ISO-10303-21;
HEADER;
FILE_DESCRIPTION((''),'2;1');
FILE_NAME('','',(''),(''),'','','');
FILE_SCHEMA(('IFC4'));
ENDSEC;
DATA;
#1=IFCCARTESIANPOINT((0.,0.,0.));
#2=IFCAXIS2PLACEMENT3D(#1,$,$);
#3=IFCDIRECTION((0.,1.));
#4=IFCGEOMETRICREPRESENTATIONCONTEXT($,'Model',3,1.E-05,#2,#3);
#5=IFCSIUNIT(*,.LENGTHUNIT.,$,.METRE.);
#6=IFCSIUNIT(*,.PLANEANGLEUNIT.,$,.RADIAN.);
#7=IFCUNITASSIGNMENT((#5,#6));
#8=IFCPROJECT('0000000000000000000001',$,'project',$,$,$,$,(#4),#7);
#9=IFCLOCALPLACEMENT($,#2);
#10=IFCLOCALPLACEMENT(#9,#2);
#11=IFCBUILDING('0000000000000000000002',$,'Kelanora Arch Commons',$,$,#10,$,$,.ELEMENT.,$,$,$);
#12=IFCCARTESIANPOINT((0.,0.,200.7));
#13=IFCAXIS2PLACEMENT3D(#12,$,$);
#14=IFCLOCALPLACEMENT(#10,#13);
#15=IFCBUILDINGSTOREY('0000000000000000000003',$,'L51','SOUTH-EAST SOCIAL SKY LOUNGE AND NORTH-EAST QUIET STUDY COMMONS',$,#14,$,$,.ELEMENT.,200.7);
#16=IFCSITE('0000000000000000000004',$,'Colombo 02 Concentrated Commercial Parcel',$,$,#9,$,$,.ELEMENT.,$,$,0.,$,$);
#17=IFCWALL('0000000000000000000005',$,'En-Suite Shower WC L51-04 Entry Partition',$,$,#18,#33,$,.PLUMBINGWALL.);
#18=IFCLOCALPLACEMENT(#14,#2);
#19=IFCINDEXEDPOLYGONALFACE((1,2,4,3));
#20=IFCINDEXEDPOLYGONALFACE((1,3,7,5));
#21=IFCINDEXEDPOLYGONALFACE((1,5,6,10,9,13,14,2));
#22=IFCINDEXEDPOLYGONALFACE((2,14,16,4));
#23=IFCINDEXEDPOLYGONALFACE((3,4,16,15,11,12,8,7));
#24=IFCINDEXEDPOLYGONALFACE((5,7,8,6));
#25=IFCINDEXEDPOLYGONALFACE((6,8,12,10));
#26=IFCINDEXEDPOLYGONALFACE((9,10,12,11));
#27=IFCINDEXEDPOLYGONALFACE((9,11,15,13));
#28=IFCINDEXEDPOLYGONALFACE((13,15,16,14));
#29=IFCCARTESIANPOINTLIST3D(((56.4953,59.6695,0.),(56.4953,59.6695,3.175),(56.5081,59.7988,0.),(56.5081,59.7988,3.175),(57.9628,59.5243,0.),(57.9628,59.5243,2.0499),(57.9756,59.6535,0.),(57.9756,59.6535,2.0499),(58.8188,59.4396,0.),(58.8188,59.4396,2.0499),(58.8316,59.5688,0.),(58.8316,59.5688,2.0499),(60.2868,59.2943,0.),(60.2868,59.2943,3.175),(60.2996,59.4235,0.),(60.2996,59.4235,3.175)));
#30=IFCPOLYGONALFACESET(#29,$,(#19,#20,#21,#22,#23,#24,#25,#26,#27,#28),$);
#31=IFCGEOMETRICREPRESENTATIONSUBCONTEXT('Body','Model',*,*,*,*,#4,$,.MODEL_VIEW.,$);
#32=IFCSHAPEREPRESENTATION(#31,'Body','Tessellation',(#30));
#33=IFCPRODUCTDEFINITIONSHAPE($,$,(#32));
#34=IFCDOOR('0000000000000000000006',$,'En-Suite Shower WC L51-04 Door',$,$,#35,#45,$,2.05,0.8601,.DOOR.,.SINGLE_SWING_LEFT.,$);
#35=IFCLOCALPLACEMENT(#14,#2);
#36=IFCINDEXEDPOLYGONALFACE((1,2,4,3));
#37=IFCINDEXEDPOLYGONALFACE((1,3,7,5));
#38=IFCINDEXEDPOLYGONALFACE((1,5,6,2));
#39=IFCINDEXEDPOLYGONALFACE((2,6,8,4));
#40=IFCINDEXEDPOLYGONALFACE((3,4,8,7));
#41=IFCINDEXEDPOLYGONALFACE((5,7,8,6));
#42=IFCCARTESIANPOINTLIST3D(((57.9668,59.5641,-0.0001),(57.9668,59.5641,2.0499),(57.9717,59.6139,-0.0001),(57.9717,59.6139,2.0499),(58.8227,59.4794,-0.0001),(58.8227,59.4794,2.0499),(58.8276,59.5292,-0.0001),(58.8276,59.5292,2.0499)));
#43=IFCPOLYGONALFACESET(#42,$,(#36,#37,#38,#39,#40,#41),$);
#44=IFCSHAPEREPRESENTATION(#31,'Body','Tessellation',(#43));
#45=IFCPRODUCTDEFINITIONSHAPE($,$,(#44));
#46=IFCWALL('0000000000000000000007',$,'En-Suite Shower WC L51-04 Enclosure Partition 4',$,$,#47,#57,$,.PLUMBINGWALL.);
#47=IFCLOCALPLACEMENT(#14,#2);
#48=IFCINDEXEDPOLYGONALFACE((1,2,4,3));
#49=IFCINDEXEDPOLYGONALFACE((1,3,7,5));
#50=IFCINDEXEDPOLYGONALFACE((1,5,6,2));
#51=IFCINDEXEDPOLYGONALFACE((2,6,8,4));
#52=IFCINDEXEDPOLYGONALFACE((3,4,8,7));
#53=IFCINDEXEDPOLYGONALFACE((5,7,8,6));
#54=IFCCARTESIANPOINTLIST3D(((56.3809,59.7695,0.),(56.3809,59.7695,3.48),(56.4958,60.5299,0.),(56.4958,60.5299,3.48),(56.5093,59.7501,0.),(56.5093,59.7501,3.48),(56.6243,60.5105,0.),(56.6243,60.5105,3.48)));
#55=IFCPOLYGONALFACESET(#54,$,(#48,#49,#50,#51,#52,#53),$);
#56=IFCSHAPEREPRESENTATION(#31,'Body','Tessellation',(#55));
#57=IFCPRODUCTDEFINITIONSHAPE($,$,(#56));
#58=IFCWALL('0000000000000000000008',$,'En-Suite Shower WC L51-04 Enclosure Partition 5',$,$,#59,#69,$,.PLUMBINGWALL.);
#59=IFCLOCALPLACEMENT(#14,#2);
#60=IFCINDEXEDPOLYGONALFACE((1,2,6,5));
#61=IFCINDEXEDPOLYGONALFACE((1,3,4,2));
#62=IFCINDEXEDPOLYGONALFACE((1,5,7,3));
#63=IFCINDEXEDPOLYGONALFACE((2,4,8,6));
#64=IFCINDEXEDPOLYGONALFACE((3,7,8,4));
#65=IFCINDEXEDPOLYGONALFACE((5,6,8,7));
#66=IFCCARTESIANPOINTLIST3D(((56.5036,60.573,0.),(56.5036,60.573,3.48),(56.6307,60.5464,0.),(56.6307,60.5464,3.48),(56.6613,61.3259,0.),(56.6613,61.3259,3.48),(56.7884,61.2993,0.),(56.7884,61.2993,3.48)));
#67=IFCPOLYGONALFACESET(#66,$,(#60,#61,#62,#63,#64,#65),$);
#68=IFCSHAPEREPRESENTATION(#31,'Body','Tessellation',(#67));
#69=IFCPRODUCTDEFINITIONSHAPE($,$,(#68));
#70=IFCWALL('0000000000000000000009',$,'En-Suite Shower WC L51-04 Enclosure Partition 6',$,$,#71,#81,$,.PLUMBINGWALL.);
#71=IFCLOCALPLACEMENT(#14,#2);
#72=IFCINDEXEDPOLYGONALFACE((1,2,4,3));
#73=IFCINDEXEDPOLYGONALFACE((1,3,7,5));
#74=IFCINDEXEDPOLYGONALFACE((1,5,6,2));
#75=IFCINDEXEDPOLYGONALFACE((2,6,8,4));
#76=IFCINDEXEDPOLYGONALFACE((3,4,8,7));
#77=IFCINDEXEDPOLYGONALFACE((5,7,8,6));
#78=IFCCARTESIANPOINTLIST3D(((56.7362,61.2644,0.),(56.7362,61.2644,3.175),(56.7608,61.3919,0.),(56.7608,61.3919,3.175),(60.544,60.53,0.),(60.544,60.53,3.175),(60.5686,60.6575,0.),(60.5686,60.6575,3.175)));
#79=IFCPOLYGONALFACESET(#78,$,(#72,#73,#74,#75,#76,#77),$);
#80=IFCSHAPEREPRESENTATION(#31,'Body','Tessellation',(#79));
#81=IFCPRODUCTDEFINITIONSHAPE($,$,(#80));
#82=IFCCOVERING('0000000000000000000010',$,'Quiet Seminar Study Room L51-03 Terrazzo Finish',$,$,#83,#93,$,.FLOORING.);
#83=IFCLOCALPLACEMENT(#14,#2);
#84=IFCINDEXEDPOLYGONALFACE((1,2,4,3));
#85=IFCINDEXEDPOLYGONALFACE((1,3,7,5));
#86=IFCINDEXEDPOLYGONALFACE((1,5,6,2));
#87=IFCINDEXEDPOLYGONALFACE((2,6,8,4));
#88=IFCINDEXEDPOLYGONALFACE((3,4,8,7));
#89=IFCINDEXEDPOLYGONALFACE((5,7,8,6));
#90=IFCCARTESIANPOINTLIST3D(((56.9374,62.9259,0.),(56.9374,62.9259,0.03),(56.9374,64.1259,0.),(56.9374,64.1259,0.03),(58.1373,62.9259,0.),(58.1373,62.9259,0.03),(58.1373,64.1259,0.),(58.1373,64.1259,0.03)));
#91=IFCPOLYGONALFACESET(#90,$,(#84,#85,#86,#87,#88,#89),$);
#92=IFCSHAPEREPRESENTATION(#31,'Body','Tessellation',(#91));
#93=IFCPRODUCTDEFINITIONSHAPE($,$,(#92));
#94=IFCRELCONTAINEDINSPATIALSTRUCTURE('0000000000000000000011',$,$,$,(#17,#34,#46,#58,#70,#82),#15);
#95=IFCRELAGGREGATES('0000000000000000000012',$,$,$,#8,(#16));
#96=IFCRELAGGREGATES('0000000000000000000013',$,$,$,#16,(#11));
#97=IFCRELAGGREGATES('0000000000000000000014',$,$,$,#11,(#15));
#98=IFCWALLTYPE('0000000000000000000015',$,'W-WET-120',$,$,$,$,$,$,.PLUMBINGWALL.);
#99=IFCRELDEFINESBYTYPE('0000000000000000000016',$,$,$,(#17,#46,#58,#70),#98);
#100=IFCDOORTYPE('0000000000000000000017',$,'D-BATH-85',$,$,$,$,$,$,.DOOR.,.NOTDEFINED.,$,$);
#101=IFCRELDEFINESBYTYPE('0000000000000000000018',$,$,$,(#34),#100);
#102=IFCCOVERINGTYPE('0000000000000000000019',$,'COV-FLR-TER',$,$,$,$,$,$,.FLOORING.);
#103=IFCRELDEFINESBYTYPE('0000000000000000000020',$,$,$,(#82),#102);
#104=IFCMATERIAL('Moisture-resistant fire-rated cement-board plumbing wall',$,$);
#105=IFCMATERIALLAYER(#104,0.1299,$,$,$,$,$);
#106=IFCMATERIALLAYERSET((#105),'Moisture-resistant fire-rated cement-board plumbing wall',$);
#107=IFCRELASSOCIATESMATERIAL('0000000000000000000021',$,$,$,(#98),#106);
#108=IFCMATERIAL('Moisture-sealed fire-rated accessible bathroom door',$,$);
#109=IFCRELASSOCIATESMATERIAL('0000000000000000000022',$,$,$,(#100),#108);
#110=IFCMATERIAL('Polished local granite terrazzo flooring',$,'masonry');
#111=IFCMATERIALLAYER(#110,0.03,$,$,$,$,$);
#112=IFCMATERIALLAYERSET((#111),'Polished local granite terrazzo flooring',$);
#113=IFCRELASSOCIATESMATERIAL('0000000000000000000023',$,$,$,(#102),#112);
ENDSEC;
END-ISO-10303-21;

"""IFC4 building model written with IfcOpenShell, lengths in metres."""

from ifc_helpers import new_model, si_unit, direction, frame, frame_2d, origin, origin_2d, place, context, subcontext, project, spatial, rectangle, extrude, source, transform, mapped, material, layer, layer_set, type_object, element, fill, save


model = new_model("IFC4")

# Units and contexts
model_context = context("Model", 3, precision=1e-05, world=origin(), true_north=direction((0.0, 1.0)))
body_context = subcontext(model_context, "Body", "Model", "MODEL_VIEW")
ifc_project = project(units=[si_unit("LENGTHUNIT", "METRE"), si_unit("PLANEANGLEUNIT", "RADIAN")], contexts=[model_context])

# Site, building, storey
site_placement = place(None, origin())
site = spatial("IfcSite", under=ifc_project, at=site_placement, Name="Colombo 02 Concentrated Commercial Parcel", CompositionType="ELEMENT", RefElevation=0.0)
building_placement = place(site_placement, origin())
building = spatial("IfcBuilding", under=site, at=building_placement, Name="Kelanora Arch Commons", CompositionType="ELEMENT")
storey_placement = place(building_placement, frame((0.0, 0.0, 200.7)))
storey = spatial("IfcBuildingStorey", under=building, at=storey_placement, Name="L51", Description="SOUTH-EAST SOCIAL SKY LOUNGE AND NORTH-EAST QUIET STUDY COMMONS", CompositionType="ELEMENT", Elevation=200.7)

# Wall, opening, door
ifc_material_1 = material(Name="Moisture-resistant fire-rated cement-board plumbing wall")
ifc_layer_1 = layer(ifc_material_1, 0.1299)
ifc_layer_set_1 = layer_set([ifc_layer_1], Name="Moisture-resistant fire-rated cement-board plumbing wall")
wall_type_1 = type_object("IfcWallType", Name="W-WET-120", PredefinedType="PLUMBINGWALL", material=ifc_layer_set_1)
wall_1_placement = place(storey_placement, frame((60.2932, 59.3589, 0.0), z_axis=(0.0, 0.0, 1.0), x_axis=(-0.995138, 0.098489, 0.0)))
wall_1 = element("IfcWall", 1, at=wall_1_placement, inside=storey, type_object=wall_type_1, Name="En-Suite Shower WC L51-04 Entry Partition", PredefinedType="PLUMBINGWALL", context=body_context, shape_type="SweptSolid", body=[
    extrude(rectangle(XDim=3.8101, YDim=0.1299, at=frame_2d((1.905, 0.0))), origin(), (0.0, 0.0, 1.0), 3.175),
])
opening_1_placement = place(wall_1_placement, frame((1.4751, 0.0, 0.0)))
opening_1 = element("IfcOpeningElement", 2, at=opening_1_placement, cuts=wall_1, PredefinedType="OPENING", context=body_context, shape_type="SweptSolid", body=[
    extrude(rectangle(XDim=0.8601, YDim=2.05, at=frame_2d((0.4302, 1.0249))), frame((0.0, 0.075, 0.0), z_axis=(0.0, -1.0, 0.0), x_axis=(1.0, 0.0, 0.0)), (0.0, 0.0, 1.0), 0.1499),
])
ifc_material_2 = material(Name="Moisture-sealed fire-rated accessible bathroom door")
door_type_1 = type_object("IfcDoorType", Name="D-BATH-85", OperationType="NOTDEFINED", PredefinedType="DOOR", material=ifc_material_2)
door_1_placement = place(opening_1_placement, origin())
door_1 = element("IfcDoor", 3, at=door_1_placement, inside=storey, type_object=door_type_1, Name="En-Suite Shower WC L51-04 Door", OperationType="SINGLE_SWING_LEFT", OverallHeight=2.05, OverallWidth=0.8601, PredefinedType="DOOR", context=body_context, shape_type="SweptSolid", body=[
    extrude(rectangle(XDim=0.8601, YDim=2.05, at=frame_2d((0.4302, 1.0249))), frame((0.0, 0.0249, 0.0), z_axis=(0.0, -1.0, 0.0), x_axis=(1.0, 0.0, 0.0)), (0.0, 0.0, 1.0), 0.05),
])
fill(opening_1, door_1)

# Walls
wall_2_placement = place(storey_placement, frame((56.4451, 59.7598, 0.0), z_axis=(0.0, 0.0, 1.0), x_axis=(0.149504, 0.988761, 0.0)))
element("IfcWall", 4, at=wall_2_placement, inside=storey, type_object=wall_type_1, Name="En-Suite Shower WC L51-04 Enclosure Partition 4", PredefinedType="PLUMBINGWALL", context=body_context, shape_type="SweptSolid", body=[
    extrude(rectangle(XDim=0.769, YDim=0.1299, at=frame_2d((0.3845, 0.0))), origin(), (0.0, 0.0, 1.0), 3.48),
])
wall_3_placement = place(storey_placement, frame((56.5671, 60.5596, 0.0), z_axis=(0.0, 0.0, 1.0), x_axis=(0.205019, 0.978758, 0.0)))
element("IfcWall", 5, at=wall_3_placement, inside=storey, type_object=wall_type_1, Name="En-Suite Shower WC L51-04 Enclosure Partition 5", PredefinedType="PLUMBINGWALL", context=body_context, shape_type="SweptSolid", body=[
    extrude(rectangle(XDim=0.7693, YDim=0.1299, at=frame_2d((0.3848, 0.0))), origin(), (0.0, 0.0, 1.0), 3.48),
])
wall_4_placement = place(storey_placement, frame((56.7485, 61.3281, 0.0), z_axis=(0.0, 0.0, 1.0), x_axis=(0.981906, -0.189368, 0.0)))
element("IfcWall", 6, at=wall_4_placement, inside=storey, type_object=wall_type_1, Name="En-Suite Shower WC L51-04 Enclosure Partition 6", PredefinedType="PLUMBINGWALL", context=body_context, shape_type="SweptSolid", body=[
    extrude(rectangle(XDim=3.8779, YDim=0.1299, at=frame_2d((1.939, 0.0))), origin(), (0.0, 0.0, 1.0), 3.175),
])

# Covering
ifc_material_3 = material(Name="Polished local granite terrazzo flooring", Category="masonry")
ifc_layer_2 = layer(ifc_material_3, 0.03)
ifc_layer_set_2 = layer_set([ifc_layer_2], Name="Polished local granite terrazzo flooring")
covering_type = type_object("IfcCoveringType", Name="COV-FLR-TER", PredefinedType="FLOORING", material=ifc_layer_set_2)
shared_shape_1 = source(origin(), body_context, "Body", "SweptSolid", [
    extrude(rectangle(XDim=1.2, YDim=1.2, at=origin_2d()), origin(), (0.0, 0.0, 1.0), 0.03),
])
covering_placement = place(storey_placement, frame((57.5374, 63.5259, 0.0), z_axis=(0.0, 0.0, 1.0), x_axis=(1.0, 0.0, 0.0)))
element("IfcCovering", 7, at=covering_placement, inside=storey, type_object=covering_type, Name="Quiet Seminar Study Room L51-03 Terrazzo Finish", PredefinedType="FLOORING", context=body_context, shape_type="MappedRepresentation", body=[
    mapped(shared_shape_1, transform((0.0, 0.0, 0.0), scale=1.0)),
])

save(model, "model.ifc")
